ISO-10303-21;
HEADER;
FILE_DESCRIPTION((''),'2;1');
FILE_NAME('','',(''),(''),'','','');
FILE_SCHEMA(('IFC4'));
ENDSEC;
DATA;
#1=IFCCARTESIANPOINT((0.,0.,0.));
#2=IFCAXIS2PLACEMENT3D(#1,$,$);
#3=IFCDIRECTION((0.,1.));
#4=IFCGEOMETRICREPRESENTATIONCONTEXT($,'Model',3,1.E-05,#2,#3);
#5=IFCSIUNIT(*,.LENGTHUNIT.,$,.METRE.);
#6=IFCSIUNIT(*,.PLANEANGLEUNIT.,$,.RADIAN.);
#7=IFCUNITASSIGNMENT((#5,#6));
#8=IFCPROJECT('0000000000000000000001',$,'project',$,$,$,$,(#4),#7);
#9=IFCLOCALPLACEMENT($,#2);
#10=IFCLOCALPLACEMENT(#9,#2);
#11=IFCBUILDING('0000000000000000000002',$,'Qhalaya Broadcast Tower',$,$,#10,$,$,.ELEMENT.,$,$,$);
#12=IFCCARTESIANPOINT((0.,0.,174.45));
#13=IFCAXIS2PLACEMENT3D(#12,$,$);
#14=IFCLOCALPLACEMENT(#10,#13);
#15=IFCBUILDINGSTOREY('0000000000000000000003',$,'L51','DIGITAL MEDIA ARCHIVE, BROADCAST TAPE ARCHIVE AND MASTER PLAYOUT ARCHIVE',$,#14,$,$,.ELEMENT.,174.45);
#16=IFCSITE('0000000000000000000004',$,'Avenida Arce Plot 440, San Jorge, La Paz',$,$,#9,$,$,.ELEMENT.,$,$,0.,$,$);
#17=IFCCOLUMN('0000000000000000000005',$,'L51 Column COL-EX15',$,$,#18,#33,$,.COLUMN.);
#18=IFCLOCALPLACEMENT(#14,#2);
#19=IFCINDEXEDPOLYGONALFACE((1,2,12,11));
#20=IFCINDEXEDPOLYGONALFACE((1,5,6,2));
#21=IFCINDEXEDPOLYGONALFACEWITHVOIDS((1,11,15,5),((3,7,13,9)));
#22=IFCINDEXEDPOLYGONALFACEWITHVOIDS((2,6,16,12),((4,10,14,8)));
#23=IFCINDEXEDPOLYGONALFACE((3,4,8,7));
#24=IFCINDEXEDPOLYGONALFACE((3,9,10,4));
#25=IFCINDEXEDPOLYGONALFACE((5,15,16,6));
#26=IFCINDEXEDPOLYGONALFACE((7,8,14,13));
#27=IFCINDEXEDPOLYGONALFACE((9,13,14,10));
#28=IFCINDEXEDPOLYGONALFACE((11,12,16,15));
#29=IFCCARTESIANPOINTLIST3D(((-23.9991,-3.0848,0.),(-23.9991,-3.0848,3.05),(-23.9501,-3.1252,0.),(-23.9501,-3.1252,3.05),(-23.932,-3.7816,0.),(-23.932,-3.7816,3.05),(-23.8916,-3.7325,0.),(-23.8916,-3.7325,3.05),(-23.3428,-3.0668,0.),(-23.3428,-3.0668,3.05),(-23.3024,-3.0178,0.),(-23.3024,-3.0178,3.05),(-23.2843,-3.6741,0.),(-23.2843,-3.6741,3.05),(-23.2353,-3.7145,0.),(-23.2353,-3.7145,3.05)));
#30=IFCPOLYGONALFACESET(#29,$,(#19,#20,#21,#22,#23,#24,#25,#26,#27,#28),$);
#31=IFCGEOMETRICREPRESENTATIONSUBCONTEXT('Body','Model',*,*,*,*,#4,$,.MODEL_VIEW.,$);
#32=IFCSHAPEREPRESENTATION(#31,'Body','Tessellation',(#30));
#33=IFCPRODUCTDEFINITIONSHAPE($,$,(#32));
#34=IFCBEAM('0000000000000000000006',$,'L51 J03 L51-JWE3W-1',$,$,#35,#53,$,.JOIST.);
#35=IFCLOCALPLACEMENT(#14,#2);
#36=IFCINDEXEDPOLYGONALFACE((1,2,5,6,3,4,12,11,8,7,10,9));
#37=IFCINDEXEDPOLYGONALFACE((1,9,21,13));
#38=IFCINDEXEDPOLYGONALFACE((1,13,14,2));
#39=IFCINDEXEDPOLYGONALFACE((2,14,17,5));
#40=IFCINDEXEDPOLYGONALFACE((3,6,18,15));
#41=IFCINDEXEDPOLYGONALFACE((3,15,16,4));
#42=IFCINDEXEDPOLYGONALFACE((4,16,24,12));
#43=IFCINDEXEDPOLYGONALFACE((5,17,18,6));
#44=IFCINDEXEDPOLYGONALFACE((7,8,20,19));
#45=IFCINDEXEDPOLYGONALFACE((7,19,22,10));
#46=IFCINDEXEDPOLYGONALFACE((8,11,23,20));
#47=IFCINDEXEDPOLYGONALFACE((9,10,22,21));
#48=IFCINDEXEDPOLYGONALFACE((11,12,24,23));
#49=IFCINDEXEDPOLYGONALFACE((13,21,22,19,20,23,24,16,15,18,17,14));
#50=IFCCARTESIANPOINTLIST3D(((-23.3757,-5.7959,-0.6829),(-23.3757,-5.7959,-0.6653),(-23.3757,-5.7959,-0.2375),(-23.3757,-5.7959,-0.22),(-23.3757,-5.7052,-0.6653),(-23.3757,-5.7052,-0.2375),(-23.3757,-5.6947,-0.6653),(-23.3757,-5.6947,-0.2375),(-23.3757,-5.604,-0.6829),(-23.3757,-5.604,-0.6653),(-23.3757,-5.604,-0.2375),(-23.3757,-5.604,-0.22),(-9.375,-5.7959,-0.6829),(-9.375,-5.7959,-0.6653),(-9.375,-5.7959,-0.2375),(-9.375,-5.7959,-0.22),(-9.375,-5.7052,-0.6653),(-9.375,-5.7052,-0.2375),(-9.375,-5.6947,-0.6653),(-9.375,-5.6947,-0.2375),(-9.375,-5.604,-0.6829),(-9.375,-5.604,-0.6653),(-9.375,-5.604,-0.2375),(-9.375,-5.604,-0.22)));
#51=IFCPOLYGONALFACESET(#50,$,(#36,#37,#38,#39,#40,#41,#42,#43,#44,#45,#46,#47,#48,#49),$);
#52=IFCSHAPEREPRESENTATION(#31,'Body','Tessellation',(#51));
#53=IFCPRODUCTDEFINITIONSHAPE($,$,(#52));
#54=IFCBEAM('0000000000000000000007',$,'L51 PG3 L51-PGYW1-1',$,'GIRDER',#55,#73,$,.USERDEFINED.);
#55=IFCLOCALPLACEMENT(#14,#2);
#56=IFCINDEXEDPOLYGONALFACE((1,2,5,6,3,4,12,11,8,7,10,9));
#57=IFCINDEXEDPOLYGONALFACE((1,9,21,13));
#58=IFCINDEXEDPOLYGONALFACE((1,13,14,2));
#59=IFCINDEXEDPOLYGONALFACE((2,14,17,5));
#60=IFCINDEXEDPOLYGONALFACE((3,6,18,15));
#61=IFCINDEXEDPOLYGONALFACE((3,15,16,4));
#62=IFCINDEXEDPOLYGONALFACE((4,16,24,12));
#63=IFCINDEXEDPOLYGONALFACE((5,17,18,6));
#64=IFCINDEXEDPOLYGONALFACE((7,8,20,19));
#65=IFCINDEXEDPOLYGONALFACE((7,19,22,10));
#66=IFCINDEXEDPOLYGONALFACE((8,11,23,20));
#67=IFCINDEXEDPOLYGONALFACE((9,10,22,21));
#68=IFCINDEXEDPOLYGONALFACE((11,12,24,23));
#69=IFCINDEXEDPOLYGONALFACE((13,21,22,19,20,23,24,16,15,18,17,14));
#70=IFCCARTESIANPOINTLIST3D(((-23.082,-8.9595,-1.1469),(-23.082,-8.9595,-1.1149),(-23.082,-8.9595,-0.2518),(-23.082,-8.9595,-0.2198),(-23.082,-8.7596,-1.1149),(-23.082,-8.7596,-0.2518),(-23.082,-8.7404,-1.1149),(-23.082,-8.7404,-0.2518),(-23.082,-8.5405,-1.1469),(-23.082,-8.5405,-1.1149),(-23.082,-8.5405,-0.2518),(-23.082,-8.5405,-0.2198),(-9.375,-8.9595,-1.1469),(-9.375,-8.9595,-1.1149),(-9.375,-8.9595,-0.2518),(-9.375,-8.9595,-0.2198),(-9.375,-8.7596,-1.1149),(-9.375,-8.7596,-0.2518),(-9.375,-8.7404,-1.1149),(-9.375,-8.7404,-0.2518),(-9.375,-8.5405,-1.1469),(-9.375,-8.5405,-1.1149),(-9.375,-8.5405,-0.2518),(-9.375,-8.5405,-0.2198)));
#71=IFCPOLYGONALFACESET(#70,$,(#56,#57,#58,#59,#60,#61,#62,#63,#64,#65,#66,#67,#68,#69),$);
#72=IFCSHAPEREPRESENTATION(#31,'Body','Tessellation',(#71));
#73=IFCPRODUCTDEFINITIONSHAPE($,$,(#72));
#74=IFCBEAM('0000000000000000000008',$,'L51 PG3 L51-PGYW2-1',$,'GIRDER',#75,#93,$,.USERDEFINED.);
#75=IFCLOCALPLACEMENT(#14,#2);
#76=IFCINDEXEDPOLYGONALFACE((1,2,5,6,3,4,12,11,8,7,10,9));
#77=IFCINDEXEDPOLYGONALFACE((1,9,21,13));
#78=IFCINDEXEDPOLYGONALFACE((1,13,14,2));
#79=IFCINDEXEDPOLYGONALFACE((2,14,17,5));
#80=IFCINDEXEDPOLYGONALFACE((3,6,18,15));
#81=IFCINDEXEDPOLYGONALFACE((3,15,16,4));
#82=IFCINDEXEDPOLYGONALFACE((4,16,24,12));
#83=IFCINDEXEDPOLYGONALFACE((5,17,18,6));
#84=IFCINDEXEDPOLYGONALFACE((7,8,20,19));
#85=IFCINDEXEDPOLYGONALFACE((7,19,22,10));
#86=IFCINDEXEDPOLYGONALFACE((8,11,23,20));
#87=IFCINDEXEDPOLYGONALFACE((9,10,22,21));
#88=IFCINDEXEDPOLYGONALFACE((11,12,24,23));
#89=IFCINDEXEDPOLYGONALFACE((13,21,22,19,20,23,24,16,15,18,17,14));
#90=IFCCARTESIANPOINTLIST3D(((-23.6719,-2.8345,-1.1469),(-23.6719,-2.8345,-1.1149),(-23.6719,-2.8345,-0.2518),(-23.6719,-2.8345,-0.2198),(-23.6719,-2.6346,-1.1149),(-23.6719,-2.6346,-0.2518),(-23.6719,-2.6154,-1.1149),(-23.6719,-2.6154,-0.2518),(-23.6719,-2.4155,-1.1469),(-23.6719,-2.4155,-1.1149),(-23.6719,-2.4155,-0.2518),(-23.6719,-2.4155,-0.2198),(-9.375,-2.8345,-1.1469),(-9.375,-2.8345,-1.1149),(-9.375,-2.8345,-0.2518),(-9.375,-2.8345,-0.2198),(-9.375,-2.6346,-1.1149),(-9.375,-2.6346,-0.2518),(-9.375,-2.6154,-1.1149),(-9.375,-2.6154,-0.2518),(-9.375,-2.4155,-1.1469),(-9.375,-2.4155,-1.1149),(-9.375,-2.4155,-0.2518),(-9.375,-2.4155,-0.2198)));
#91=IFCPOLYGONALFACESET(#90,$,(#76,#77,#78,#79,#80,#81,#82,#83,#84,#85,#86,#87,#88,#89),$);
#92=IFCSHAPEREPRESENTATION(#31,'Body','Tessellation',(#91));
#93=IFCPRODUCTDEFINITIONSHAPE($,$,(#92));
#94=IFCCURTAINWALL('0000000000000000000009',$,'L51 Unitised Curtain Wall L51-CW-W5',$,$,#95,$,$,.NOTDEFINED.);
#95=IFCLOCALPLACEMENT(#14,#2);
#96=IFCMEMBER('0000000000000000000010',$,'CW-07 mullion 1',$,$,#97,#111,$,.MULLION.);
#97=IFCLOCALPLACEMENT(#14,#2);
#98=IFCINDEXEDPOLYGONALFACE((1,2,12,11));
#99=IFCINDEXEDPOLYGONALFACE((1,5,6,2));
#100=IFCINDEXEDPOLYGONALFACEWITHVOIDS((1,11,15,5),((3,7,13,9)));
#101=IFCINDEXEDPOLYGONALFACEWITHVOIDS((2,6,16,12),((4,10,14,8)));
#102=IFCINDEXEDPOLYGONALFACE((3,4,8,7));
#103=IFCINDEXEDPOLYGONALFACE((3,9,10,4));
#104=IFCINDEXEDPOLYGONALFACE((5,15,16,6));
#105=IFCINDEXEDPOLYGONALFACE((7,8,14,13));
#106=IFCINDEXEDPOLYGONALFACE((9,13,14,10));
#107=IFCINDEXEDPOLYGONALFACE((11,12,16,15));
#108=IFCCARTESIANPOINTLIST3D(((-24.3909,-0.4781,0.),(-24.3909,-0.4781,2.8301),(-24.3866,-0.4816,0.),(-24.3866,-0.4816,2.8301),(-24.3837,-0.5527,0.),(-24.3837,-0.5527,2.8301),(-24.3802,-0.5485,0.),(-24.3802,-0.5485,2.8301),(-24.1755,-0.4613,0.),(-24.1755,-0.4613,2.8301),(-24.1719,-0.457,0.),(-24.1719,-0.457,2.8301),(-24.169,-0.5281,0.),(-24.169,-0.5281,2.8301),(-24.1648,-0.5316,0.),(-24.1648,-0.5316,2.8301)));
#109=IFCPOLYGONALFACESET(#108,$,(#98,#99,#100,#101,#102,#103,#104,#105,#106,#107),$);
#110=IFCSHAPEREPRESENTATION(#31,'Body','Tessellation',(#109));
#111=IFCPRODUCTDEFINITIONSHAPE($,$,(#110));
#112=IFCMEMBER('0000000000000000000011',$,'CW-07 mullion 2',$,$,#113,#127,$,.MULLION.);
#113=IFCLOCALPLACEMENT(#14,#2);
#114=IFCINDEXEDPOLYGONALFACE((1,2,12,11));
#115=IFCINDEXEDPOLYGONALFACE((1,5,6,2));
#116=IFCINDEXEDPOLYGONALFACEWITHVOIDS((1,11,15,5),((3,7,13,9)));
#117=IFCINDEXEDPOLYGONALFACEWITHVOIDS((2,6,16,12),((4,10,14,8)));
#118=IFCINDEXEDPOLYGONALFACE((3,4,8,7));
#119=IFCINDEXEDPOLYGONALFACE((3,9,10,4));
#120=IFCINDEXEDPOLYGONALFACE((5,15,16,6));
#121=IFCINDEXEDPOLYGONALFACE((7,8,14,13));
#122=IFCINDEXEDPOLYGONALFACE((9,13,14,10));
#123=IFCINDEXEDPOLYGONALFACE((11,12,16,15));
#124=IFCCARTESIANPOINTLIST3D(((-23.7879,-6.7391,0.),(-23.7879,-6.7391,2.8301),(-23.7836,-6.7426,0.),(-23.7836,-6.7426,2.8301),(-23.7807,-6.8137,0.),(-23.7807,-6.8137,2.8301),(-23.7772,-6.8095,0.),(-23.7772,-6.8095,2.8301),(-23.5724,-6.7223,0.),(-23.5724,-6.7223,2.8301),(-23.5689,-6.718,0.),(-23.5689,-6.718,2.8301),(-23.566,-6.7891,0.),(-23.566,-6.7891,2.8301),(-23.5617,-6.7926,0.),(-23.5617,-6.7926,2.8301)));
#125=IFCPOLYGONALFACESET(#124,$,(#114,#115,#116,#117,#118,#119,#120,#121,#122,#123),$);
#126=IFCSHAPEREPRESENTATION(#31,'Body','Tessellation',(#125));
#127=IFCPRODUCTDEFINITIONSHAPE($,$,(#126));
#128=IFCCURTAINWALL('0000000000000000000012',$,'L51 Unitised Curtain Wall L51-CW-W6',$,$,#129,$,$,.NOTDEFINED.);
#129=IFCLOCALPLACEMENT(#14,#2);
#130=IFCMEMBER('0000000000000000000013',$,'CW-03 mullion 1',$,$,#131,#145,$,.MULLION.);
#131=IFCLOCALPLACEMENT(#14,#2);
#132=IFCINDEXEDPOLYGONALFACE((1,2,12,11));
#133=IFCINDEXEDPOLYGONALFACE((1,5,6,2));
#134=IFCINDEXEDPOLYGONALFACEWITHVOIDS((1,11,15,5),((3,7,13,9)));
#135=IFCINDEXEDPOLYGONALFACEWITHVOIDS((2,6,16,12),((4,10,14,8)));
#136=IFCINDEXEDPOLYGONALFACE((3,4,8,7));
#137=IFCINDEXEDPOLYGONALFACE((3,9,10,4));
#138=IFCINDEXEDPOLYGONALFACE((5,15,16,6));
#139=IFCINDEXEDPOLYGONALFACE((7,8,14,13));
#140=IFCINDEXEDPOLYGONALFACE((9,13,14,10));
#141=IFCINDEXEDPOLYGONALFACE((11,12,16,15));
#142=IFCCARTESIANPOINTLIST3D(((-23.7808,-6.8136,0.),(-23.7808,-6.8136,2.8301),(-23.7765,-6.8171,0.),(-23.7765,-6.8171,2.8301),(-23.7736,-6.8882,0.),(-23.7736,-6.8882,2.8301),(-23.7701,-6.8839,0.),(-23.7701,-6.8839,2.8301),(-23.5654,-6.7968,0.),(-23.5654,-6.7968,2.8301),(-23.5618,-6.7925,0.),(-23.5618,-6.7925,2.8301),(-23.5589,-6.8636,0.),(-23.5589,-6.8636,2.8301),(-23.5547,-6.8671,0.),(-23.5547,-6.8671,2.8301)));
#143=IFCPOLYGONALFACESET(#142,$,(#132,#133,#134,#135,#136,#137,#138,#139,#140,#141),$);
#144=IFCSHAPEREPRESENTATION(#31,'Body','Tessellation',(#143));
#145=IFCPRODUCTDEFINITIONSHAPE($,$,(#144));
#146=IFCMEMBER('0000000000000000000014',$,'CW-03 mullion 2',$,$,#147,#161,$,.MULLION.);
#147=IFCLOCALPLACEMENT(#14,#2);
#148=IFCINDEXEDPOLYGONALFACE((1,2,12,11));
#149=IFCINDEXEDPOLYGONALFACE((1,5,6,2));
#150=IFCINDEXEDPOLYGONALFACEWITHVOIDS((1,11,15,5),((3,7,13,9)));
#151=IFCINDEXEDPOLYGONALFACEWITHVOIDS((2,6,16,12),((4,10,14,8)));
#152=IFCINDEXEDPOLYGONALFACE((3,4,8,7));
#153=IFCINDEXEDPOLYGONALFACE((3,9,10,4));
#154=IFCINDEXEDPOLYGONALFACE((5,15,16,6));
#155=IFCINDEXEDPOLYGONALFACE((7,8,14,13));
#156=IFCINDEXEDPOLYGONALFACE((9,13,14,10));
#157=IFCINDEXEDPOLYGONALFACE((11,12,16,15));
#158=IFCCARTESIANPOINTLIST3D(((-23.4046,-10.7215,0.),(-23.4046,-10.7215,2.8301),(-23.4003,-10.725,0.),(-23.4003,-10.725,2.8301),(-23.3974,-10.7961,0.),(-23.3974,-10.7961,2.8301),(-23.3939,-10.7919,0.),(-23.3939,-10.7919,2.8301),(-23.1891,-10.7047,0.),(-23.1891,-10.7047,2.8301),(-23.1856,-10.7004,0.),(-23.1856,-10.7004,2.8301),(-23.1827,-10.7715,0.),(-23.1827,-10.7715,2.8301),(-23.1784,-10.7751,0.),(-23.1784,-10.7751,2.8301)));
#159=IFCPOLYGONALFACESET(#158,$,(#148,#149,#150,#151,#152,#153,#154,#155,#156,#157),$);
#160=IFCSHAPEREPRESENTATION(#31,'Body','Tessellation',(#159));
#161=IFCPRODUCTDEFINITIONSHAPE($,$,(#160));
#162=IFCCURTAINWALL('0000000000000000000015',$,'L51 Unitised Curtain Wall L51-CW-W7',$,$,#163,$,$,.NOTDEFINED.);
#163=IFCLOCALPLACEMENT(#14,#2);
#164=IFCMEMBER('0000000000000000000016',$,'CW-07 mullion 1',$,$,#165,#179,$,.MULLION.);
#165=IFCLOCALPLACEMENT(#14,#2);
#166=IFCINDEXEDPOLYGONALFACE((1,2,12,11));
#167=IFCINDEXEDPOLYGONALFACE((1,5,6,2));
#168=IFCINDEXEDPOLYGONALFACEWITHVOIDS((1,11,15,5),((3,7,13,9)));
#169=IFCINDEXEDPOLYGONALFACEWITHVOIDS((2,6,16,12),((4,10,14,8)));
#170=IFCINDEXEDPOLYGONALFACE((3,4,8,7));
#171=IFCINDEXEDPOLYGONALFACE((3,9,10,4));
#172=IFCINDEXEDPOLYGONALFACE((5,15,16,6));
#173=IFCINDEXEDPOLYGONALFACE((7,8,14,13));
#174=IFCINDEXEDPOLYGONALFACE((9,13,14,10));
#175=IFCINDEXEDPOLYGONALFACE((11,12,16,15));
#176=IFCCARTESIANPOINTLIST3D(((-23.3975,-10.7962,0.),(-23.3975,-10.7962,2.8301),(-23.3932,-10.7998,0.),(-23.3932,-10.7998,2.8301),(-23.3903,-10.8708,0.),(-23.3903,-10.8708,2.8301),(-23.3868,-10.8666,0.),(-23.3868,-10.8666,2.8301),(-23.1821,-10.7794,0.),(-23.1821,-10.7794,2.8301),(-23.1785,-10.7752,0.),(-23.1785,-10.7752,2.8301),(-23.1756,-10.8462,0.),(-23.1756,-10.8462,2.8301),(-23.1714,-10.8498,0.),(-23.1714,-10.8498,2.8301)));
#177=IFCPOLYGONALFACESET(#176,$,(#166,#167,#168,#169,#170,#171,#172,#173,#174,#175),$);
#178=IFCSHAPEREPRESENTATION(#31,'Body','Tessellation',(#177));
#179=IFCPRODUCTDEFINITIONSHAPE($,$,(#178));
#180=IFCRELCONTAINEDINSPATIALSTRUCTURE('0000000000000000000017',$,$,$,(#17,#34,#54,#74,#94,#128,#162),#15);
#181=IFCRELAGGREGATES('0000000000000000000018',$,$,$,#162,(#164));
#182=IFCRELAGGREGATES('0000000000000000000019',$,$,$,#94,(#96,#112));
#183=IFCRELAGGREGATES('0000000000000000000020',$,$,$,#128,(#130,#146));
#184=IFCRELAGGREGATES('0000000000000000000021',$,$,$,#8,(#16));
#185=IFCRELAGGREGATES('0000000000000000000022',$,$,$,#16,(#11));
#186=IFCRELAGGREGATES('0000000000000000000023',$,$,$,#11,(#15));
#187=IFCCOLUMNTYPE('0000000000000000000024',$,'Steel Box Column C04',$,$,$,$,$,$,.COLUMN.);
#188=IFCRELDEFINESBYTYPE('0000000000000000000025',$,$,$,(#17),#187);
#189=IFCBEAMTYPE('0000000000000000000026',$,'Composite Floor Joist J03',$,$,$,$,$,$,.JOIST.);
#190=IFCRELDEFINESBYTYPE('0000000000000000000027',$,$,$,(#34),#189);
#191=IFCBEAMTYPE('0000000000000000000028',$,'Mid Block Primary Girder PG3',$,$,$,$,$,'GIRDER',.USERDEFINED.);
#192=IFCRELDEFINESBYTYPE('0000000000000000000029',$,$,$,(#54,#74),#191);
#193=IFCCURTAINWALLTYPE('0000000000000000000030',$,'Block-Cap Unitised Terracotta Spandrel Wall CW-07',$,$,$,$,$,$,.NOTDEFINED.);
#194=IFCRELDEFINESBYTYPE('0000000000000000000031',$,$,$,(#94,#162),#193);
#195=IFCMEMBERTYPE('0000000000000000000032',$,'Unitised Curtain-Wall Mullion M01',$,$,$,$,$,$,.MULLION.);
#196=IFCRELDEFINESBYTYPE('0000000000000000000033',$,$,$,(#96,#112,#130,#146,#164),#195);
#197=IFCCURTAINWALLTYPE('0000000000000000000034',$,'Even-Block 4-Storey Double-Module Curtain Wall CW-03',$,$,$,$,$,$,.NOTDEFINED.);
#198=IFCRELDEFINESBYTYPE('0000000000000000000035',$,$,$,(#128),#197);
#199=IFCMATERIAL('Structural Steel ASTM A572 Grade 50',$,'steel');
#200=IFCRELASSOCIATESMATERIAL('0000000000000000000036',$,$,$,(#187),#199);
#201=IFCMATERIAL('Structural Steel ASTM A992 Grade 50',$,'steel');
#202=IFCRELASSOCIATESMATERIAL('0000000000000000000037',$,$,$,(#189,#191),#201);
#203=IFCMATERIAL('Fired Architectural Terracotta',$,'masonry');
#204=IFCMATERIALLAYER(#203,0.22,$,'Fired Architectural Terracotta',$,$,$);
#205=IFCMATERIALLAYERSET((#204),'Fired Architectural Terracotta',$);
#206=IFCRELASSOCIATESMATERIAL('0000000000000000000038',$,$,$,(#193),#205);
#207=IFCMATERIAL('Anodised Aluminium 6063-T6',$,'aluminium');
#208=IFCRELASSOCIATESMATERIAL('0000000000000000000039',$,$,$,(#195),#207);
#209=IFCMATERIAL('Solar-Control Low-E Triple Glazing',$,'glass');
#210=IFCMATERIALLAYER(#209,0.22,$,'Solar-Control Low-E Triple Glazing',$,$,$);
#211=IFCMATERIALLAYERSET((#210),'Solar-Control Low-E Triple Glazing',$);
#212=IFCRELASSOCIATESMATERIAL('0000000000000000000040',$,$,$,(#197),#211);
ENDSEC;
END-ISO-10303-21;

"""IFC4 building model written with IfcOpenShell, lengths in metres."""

from ifc_helpers import new_model, si_unit, direction, frame, origin, origin_2d, place, context, subcontext, project, spatial, hollow_rectangle, i_section, extrude, material, layer, layer_set, material_profile, profile_set, type_object, element, aggregate, save


model = new_model("IFC4")

# Units and contexts
model_context = context("Model", 3, precision=1e-05, world=origin(), true_north=direction((0.0, 1.0)))
body_context = subcontext(model_context, "Body", "Model", "MODEL_VIEW")
ifc_project = project(units=[si_unit("LENGTHUNIT", "METRE"), si_unit("PLANEANGLEUNIT", "RADIAN")], contexts=[model_context])

# Site, building, storey
site_placement = place(None, origin())
site = spatial("IfcSite", under=ifc_project, at=site_placement, Name="Avenida Arce Plot 440, San Jorge, La Paz", CompositionType="ELEMENT", RefElevation=0.0)
building_placement = place(site_placement, origin())
building = spatial("IfcBuilding", under=site, at=building_placement, Name="Qhalaya Broadcast Tower", CompositionType="ELEMENT")
storey_placement = place(building_placement, frame((0.0, 0.0, 174.45)))
storey = spatial("IfcBuildingStorey", under=building, at=storey_placement, Name="L51", Description="DIGITAL MEDIA ARCHIVE, BROADCAST TAPE ARCHIVE AND MASTER PLAYOUT ARCHIVE", CompositionType="ELEMENT", Elevation=174.45)

# Column
ifc_material_1 = material(Name="Structural Steel ASTM A572 Grade 50", Category="steel")
ifc_material_profile_1 = material_profile(ifc_material_1, hollow_rectangle(XDim=0.7, YDim=0.7, WallThickness=0.0449, at=origin_2d()), Name="BOX 700x700x45")
ifc_profile_set_1 = profile_set([ifc_material_profile_1], Name="Structural Steel ASTM A572 Grade 50")
column_type = type_object("IfcColumnType", Name="Steel Box Column C04", PredefinedType="COLUMN", material=ifc_profile_set_1)
column_placement = place(storey_placement, frame((-23.6172, -3.3997, 0.0), z_axis=(0.0, 0.0, 1.0), x_axis=(-0.095846, 0.995396, 0.0)))
element("IfcColumn", 1, at=column_placement, inside=storey, type_object=column_type, Name="L51 Column COL-EX15", PredefinedType="COLUMN", context=body_context, shape_type="SweptSolid", body=[
    extrude(hollow_rectangle(XDim=0.7, YDim=0.7, WallThickness=0.0449, at=origin_2d()), origin(), (0.0, 0.0, 1.0), 3.05),
])

# Beams
ifc_material_2 = material(Name="Structural Steel ASTM A992 Grade 50", Category="steel")
ifc_material_profile_2 = material_profile(ifc_material_2, i_section(OverallWidth=0.1919, OverallDepth=0.4629, WebThickness=0.0105, FlangeThickness=0.0176, at=origin_2d()), Name="W18X60")
ifc_profile_set_2 = profile_set([ifc_material_profile_2], Name="Structural Steel ASTM A992 Grade 50")
beam_type_1 = type_object("IfcBeamType", Name="Composite Floor Joist J03", PredefinedType="JOIST", material=ifc_profile_set_2)
beam_1_placement = place(storey_placement, frame((-23.3757, -5.7, -0.4514), z_axis=(1.0, 0.0, 0.0), x_axis=(0.0, 1.0, 0.0)))
element("IfcBeam", 2, at=beam_1_placement, inside=storey, type_object=beam_type_1, Name="L51 J03 L51-JWE3W-1", PredefinedType="JOIST", context=body_context, shape_type="SweptSolid", body=[
    extrude(i_section(OverallWidth=0.1919, OverallDepth=0.4629, WebThickness=0.0105, FlangeThickness=0.0176, at=origin_2d()), origin(), (0.0, 0.0, 1.0), 14.0007),
])
ifc_material_profile_3 = material_profile(ifc_material_2, i_section(OverallWidth=0.4189, OverallDepth=0.927, WebThickness=0.0193, FlangeThickness=0.032, at=origin_2d()), Name="W36X231")
ifc_profile_set_3 = profile_set([ifc_material_profile_3], Name="Structural Steel ASTM A992 Grade 50")
beam_type_2 = type_object("IfcBeamType", Name="Mid Block Primary Girder PG3", ElementType="GIRDER", PredefinedType="USERDEFINED", material=ifc_profile_set_3)
beam_2_placement = place(storey_placement, frame((-23.082, -8.75, -0.6833), z_axis=(1.0, 0.0, 0.0), x_axis=(0.0, 1.0, 0.0)))
element("IfcBeam", 3, at=beam_2_placement, inside=storey, type_object=beam_type_2, Name="L51 PG3 L51-PGYW1-1", ObjectType="GIRDER", PredefinedType="USERDEFINED", context=body_context, shape_type="SweptSolid", body=[
    extrude(i_section(OverallWidth=0.4189, OverallDepth=0.927, WebThickness=0.0193, FlangeThickness=0.032, at=origin_2d()), origin(), (0.0, 0.0, 1.0), 13.707),
])
beam_3_placement = place(storey_placement, frame((-23.6719, -2.625, -0.6833), z_axis=(1.0, 0.0, 0.0), x_axis=(0.0, 1.0, 0.0)))
element("IfcBeam", 4, at=beam_3_placement, inside=storey, type_object=beam_type_2, Name="L51 PG3 L51-PGYW2-1", ObjectType="GIRDER", PredefinedType="USERDEFINED", context=body_context, shape_type="SweptSolid", body=[
    extrude(i_section(OverallWidth=0.4189, OverallDepth=0.927, WebThickness=0.0193, FlangeThickness=0.032, at=origin_2d()), origin(), (0.0, 0.0, 1.0), 14.2969),
])

# Curtain walls, members
ifc_material_3 = material(Name="Fired Architectural Terracotta", Category="masonry")
ifc_layer_1 = layer(ifc_material_3, 0.22, Name="Fired Architectural Terracotta")
ifc_layer_set_1 = layer_set([ifc_layer_1], Name="Fired Architectural Terracotta")
curtain_wall_type_1 = type_object("IfcCurtainWallType", Name="Block-Cap Unitised Terracotta Spandrel Wall CW-07", PredefinedType="NOTDEFINED", material=ifc_layer_set_1)
curtain_wall_1_placement = place(storey_placement, origin())
curtain_wall_1 = element("IfcCurtainWall", 5, at=curtain_wall_1_placement, inside=storey, type_object=curtain_wall_type_1, Name="L51 Unitised Curtain Wall L51-CW-W5", PredefinedType="NOTDEFINED")
ifc_material_4 = material(Name="Anodised Aluminium 6063-T6", Category="aluminium")
ifc_material_profile_4 = material_profile(ifc_material_4, hollow_rectangle(XDim=0.075, YDim=0.22, WallThickness=0.0039, at=origin_2d()), Name="ALU-MUL 75x220x4")
ifc_profile_set_4 = profile_set([ifc_material_profile_4], Name="Anodised Aluminium 6063-T6")
member_type_1 = type_object("IfcMemberType", Name="Unitised Curtain-Wall Mullion M01", PredefinedType="MULLION", material=ifc_profile_set_4)
member_1_placement = place(storey_placement, frame((-24.2778, -0.5049, 0.0), z_axis=(0.0, 0.0, 1.0), x_axis=(0.095854, -0.995395, 0.0)))
member_1 = element("IfcMember", 6, at=member_1_placement, type_object=member_type_1, Name="CW-07 mullion 1", PredefinedType="MULLION", context=body_context, shape_type="SweptSolid", body=[
    extrude(hollow_rectangle(XDim=0.075, YDim=0.22, WallThickness=0.0039, at=origin_2d()), origin(), (0.0, 0.0, 1.0), 2.8301),
])
member_2_placement = place(storey_placement, frame((-23.6748, -6.7659, 0.0), z_axis=(0.0, 0.0, 1.0), x_axis=(0.095854, -0.995395, 0.0)))
member_2 = element("IfcMember", 7, at=member_2_placement, type_object=member_type_1, Name="CW-07 mullion 2", PredefinedType="MULLION", context=body_context, shape_type="SweptSolid", body=[
    extrude(hollow_rectangle(XDim=0.075, YDim=0.22, WallThickness=0.0039, at=origin_2d()), origin(), (0.0, 0.0, 1.0), 2.8301),
])
ifc_material_5 = material(Name="Solar-Control Low-E Triple Glazing", Category="glass")
ifc_layer_2 = layer(ifc_material_5, 0.22, Name="Solar-Control Low-E Triple Glazing")
ifc_layer_set_2 = layer_set([ifc_layer_2], Name="Solar-Control Low-E Triple Glazing")
curtain_wall_type_2 = type_object("IfcCurtainWallType", Name="Even-Block 4-Storey Double-Module Curtain Wall CW-03", PredefinedType="NOTDEFINED", material=ifc_layer_set_2)
curtain_wall_2_placement = place(storey_placement, origin())
curtain_wall_2 = element("IfcCurtainWall", 8, at=curtain_wall_2_placement, inside=storey, type_object=curtain_wall_type_2, Name="L51 Unitised Curtain Wall L51-CW-W6", PredefinedType="NOTDEFINED")
member_3_placement = place(storey_placement, frame((-23.6677, -6.8403, 0.0), z_axis=(0.0, 0.0, 1.0), x_axis=(0.095826, -0.995398, 0.0)))
member_3 = element("IfcMember", 9, at=member_3_placement, type_object=member_type_1, Name="CW-03 mullion 1", PredefinedType="MULLION", context=body_context, shape_type="SweptSolid", body=[
    extrude(hollow_rectangle(XDim=0.075, YDim=0.22, WallThickness=0.0039, at=origin_2d()), origin(), (0.0, 0.0, 1.0), 2.8301),
])
member_4_placement = place(storey_placement, frame((-23.2915, -10.7483, 0.0), z_axis=(0.0, 0.0, 1.0), x_axis=(0.095826, -0.995398, 0.0)))
member_4 = element("IfcMember", 10, at=member_4_placement, type_object=member_type_1, Name="CW-03 mullion 2", PredefinedType="MULLION", context=body_context, shape_type="SweptSolid", body=[
    extrude(hollow_rectangle(XDim=0.075, YDim=0.22, WallThickness=0.0039, at=origin_2d()), origin(), (0.0, 0.0, 1.0), 2.8301),
])

# Curtain wall, member
curtain_wall_3_placement = place(storey_placement, origin())
curtain_wall_3 = element("IfcCurtainWall", 11, at=curtain_wall_3_placement, inside=storey, type_object=curtain_wall_type_1, Name="L51 Unitised Curtain Wall L51-CW-W7", PredefinedType="NOTDEFINED")
member_5_placement = place(storey_placement, frame((-23.2844, -10.823, 0.0), z_axis=(0.0, 0.0, 1.0), x_axis=(0.095861, -0.995395, 0.0)))
member_5 = element("IfcMember", 12, at=member_5_placement, type_object=member_type_1, Name="CW-07 mullion 1", PredefinedType="MULLION", context=body_context, shape_type="SweptSolid", body=[
    extrude(hollow_rectangle(XDim=0.075, YDim=0.22, WallThickness=0.0039, at=origin_2d()), origin(), (0.0, 0.0, 1.0), 2.8301),
])

aggregate(curtain_wall_3, [member_5])

aggregate(curtain_wall_1, [member_1, member_2])
aggregate(curtain_wall_2, [member_3, member_4])

save(model, "model.ifc")
